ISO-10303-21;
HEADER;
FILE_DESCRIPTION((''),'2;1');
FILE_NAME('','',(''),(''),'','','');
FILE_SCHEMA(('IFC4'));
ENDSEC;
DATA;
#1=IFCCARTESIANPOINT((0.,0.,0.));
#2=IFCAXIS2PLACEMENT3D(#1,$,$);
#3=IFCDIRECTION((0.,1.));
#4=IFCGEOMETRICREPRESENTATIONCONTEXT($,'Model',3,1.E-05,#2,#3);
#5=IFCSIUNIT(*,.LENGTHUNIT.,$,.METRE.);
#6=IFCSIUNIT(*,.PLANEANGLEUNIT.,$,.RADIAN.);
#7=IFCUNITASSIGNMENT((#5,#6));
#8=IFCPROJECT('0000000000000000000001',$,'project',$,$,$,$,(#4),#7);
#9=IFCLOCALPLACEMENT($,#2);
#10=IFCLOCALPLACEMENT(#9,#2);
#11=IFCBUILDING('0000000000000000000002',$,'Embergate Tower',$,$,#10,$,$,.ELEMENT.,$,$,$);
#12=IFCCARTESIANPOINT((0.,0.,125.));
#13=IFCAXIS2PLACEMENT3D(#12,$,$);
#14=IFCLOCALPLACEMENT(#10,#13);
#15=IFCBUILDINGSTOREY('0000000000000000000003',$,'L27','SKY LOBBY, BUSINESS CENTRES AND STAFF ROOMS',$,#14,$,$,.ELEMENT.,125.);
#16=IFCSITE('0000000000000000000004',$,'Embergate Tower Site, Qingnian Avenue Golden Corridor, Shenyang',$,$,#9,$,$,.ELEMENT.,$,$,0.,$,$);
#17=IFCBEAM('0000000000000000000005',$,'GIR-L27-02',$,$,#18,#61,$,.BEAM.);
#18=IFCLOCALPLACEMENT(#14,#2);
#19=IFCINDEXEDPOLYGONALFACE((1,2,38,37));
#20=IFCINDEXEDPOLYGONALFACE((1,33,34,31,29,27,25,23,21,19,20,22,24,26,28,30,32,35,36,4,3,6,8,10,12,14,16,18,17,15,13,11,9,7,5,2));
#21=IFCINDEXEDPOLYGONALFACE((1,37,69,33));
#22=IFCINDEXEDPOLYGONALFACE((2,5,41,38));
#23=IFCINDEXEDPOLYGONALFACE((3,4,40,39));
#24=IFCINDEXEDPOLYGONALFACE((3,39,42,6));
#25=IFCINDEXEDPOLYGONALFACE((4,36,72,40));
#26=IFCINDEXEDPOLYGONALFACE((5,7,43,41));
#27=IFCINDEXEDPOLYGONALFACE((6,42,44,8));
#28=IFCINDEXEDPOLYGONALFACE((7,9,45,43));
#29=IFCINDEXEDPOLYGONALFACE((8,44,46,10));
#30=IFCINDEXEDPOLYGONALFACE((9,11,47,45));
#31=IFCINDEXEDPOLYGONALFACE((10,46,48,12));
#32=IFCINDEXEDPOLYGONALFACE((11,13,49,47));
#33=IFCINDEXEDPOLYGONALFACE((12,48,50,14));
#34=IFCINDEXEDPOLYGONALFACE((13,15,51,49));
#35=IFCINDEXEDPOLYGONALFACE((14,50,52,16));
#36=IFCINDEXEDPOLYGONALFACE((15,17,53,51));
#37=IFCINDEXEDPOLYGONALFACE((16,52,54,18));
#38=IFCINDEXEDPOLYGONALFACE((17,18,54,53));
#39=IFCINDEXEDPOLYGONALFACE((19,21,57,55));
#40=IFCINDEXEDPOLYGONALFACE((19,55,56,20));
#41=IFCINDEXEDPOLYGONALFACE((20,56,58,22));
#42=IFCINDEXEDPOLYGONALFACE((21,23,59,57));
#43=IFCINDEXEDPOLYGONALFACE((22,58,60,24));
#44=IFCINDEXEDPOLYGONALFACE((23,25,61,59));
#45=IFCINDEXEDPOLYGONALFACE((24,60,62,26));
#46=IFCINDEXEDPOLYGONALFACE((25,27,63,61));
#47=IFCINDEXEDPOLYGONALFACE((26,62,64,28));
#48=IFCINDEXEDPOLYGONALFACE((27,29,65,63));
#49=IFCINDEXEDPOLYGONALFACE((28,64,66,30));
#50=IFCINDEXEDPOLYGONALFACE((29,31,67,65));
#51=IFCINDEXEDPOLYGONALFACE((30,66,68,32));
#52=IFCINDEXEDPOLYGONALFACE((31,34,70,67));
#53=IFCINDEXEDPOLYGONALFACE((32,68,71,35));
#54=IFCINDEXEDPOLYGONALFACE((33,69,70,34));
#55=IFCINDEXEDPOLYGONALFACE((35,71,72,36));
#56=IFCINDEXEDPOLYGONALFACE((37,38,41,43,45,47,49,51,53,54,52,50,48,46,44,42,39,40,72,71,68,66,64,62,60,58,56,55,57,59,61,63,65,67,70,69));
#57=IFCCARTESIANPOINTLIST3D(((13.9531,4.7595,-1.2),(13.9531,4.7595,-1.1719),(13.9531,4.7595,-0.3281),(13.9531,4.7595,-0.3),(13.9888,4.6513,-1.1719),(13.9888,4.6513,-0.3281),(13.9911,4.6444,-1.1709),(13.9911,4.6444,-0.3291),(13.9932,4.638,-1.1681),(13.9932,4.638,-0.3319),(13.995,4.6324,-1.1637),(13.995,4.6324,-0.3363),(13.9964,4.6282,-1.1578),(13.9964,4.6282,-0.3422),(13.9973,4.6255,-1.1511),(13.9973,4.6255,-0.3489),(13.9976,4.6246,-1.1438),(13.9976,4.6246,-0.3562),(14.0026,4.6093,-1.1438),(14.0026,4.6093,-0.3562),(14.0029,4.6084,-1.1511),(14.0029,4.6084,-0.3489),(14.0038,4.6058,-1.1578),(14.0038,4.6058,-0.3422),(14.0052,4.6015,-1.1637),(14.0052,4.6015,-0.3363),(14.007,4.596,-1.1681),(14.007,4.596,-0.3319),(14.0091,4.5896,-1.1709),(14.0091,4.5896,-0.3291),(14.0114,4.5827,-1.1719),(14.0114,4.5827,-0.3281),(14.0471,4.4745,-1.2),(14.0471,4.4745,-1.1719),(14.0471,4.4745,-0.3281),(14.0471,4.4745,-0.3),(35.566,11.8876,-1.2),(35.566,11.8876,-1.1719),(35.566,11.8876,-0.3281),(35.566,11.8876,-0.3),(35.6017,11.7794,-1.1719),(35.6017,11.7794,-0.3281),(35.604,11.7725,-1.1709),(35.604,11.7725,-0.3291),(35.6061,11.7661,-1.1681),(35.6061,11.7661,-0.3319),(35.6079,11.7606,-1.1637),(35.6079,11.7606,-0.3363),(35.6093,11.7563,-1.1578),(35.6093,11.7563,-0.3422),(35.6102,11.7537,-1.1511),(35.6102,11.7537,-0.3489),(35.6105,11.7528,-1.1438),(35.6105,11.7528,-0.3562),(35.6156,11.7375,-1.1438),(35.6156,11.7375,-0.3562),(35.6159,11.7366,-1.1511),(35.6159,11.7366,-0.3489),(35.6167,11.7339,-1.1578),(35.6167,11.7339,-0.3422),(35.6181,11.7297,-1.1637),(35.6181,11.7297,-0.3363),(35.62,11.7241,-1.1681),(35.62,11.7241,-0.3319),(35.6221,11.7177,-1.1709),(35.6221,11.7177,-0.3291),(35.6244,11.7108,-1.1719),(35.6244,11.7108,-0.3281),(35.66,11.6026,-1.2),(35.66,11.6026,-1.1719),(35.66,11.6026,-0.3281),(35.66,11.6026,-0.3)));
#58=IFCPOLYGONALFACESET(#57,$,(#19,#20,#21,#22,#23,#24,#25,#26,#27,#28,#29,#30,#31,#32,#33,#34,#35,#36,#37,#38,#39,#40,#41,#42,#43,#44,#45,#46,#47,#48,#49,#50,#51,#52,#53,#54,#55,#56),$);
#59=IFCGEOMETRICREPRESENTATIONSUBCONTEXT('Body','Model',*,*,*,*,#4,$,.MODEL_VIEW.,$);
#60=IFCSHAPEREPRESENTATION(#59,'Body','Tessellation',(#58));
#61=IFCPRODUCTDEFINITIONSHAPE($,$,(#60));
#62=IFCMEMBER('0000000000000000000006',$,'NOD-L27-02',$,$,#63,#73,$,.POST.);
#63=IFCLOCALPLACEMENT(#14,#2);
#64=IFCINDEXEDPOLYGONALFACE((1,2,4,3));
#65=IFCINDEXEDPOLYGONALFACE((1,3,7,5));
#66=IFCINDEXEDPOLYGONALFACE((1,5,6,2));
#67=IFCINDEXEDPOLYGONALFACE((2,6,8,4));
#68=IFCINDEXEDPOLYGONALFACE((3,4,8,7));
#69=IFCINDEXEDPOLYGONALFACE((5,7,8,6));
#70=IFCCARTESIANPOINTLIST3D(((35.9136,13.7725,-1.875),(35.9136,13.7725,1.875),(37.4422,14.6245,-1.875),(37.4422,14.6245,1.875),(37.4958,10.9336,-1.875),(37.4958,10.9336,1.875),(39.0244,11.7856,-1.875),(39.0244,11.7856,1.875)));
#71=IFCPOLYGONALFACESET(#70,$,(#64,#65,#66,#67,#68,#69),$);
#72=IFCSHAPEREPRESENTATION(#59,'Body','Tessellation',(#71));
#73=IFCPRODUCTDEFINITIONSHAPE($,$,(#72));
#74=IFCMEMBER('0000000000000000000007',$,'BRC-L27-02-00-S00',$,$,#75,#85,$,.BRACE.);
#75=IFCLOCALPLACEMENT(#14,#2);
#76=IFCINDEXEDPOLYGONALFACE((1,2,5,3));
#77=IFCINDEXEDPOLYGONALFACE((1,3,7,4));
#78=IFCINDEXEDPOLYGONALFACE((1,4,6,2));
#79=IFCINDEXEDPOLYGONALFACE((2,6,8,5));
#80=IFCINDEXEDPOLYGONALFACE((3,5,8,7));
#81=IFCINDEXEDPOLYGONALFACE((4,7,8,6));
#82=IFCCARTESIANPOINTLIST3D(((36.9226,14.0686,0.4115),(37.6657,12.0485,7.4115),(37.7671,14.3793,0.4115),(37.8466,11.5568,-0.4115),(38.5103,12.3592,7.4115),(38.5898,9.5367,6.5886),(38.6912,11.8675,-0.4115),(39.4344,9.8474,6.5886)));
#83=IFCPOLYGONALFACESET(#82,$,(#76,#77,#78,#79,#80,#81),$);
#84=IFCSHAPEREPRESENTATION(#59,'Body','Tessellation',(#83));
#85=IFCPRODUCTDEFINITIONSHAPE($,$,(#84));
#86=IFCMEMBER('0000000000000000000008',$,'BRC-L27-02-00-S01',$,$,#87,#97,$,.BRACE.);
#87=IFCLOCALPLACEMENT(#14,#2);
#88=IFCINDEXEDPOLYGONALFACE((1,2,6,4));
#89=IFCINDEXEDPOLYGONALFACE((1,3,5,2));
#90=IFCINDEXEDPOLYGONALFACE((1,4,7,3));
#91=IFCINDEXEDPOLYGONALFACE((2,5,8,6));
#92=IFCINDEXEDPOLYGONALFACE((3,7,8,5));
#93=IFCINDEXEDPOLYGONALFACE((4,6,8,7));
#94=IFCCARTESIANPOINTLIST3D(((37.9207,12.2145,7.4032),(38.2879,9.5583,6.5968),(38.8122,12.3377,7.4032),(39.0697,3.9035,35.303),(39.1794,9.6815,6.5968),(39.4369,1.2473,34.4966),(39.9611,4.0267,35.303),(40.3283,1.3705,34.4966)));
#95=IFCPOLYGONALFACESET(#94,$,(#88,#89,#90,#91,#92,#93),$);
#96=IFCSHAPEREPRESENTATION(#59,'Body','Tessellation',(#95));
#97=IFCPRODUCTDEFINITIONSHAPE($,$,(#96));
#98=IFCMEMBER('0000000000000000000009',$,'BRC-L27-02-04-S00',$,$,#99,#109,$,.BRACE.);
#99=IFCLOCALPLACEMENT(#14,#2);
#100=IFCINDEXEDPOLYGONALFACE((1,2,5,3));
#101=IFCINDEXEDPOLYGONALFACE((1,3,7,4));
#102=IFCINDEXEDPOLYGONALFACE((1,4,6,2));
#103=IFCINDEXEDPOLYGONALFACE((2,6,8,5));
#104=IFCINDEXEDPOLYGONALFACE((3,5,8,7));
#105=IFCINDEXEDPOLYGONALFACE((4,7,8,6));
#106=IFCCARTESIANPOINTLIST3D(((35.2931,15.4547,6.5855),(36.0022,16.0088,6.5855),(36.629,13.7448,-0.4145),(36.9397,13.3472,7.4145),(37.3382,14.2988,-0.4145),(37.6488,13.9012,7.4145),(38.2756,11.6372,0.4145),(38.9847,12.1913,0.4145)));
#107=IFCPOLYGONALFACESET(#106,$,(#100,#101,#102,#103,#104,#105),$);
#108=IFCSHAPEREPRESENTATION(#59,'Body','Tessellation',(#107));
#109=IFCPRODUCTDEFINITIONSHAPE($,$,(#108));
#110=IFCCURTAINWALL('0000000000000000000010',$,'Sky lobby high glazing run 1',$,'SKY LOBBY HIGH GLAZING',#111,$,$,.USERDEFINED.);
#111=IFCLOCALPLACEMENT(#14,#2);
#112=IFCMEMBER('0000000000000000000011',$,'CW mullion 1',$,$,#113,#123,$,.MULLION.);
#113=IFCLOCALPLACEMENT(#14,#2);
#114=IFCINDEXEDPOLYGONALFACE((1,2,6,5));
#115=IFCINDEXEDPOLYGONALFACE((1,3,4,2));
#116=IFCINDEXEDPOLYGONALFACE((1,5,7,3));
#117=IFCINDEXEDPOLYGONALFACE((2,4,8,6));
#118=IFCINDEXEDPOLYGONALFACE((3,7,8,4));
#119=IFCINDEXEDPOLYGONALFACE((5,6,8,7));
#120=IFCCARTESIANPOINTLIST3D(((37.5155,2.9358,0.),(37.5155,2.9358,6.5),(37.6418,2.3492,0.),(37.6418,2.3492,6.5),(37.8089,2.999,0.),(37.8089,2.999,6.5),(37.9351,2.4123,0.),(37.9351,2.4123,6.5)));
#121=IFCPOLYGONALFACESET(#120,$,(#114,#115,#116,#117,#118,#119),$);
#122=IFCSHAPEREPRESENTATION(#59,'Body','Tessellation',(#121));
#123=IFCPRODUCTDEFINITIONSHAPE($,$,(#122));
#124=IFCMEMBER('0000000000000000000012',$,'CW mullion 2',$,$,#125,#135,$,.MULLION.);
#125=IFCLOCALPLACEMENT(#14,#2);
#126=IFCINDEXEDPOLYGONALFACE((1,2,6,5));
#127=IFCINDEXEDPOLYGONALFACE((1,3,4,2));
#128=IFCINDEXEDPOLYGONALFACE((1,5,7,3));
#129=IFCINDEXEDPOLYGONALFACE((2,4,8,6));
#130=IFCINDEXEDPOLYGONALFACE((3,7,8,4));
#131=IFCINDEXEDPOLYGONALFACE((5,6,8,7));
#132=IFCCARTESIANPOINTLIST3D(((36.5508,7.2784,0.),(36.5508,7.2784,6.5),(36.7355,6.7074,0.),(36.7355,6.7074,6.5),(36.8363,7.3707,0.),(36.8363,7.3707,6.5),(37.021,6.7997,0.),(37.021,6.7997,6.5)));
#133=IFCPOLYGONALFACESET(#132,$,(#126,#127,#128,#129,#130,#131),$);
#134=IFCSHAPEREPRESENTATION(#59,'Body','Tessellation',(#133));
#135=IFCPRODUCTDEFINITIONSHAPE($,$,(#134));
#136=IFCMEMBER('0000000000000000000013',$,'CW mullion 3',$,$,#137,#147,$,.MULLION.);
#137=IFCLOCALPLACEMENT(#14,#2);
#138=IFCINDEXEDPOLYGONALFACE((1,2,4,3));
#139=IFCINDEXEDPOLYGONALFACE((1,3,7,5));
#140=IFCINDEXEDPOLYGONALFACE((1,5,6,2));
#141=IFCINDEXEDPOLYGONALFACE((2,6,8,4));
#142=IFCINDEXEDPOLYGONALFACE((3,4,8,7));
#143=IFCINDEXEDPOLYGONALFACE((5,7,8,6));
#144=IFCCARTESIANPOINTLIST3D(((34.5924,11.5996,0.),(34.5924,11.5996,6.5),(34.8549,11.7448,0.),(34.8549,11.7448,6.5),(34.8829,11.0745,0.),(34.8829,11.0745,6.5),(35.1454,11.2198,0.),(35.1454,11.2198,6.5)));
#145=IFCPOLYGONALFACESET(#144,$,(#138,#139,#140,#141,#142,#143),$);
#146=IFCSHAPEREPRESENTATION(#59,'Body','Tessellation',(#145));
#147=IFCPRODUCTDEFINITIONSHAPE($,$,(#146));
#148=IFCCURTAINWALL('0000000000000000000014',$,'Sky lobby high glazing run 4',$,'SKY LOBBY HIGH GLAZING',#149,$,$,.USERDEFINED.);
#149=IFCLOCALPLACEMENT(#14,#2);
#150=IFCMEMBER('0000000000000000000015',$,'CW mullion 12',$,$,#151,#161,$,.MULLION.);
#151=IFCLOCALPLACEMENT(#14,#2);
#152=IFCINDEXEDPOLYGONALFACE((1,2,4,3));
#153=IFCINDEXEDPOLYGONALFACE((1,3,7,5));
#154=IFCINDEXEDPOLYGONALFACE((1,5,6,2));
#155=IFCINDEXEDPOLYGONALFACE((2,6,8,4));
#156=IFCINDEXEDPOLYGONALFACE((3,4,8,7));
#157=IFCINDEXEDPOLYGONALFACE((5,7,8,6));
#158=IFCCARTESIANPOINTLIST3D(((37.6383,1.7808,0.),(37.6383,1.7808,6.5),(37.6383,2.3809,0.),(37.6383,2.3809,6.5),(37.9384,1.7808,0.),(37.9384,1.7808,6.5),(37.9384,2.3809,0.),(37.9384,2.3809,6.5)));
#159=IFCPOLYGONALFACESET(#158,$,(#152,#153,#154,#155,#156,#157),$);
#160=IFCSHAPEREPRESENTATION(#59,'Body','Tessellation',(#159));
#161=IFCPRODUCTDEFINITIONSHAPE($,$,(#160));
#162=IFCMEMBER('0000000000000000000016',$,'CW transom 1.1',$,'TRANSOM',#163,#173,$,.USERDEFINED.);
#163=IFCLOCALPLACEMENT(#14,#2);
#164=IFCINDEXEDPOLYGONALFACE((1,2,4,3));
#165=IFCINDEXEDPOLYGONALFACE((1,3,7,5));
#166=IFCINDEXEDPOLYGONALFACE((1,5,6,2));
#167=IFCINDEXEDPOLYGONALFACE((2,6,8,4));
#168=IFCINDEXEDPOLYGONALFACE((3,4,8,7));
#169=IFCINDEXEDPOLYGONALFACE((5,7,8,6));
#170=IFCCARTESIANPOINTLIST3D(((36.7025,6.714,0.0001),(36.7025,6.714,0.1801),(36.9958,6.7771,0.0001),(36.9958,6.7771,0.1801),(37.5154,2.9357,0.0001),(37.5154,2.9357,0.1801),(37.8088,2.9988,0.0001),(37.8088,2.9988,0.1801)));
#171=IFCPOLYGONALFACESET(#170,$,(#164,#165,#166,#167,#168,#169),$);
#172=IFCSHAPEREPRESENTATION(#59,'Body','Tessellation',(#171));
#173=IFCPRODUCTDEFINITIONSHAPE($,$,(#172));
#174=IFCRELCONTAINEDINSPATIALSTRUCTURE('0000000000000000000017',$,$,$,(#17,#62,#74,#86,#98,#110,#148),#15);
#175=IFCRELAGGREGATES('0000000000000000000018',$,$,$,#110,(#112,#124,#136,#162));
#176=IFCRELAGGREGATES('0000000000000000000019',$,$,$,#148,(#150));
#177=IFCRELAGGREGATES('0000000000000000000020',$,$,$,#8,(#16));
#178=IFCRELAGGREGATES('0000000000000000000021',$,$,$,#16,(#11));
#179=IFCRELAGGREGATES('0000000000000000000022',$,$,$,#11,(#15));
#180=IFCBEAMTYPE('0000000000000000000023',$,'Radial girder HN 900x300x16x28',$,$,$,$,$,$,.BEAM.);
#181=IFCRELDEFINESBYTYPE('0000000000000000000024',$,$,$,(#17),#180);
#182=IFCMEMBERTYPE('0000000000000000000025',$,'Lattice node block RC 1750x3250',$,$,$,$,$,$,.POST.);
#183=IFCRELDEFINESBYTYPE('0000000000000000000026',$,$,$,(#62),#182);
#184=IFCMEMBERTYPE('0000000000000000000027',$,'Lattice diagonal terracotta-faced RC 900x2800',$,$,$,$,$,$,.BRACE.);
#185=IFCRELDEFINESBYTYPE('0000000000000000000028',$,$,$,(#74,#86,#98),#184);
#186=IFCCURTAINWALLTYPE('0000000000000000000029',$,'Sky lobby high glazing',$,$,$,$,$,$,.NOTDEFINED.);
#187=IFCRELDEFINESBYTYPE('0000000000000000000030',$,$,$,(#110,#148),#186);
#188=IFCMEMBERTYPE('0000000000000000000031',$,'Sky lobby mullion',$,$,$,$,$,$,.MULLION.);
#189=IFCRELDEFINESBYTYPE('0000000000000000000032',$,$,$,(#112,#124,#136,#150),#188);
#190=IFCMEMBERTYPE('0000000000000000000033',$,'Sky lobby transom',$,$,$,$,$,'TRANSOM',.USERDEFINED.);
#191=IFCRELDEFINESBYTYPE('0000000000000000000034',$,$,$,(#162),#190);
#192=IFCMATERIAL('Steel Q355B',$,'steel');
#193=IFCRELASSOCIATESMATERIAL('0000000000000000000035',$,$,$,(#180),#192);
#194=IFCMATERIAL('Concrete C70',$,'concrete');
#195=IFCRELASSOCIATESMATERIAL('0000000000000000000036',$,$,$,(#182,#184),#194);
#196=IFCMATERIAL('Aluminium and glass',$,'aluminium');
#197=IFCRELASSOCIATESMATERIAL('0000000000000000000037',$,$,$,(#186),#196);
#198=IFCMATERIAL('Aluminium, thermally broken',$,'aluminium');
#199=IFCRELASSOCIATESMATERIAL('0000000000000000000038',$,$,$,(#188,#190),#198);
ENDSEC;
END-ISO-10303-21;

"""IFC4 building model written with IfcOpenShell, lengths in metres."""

from ifc_helpers import new_model, si_unit, direction, frame, origin, origin_2d, place, context, subcontext, project, spatial, rectangle, i_section, extrude, source, transform, mapped, material, material_profile, profile_set, type_object, element, aggregate, save


model = new_model("IFC4")

# Units and contexts
model_context = context("Model", 3, precision=1e-05, world=origin(), true_north=direction((0.0, 1.0)))
body_context = subcontext(model_context, "Body", "Model", "MODEL_VIEW")
ifc_project = project(units=[si_unit("LENGTHUNIT", "METRE"), si_unit("PLANEANGLEUNIT", "RADIAN")], contexts=[model_context])

# Site, building, storey
site_placement = place(None, origin())
site = spatial("IfcSite", under=ifc_project, at=site_placement, Name="Embergate Tower Site, Qingnian Avenue Golden Corridor, Shenyang", CompositionType="ELEMENT", RefElevation=0.0)
building_placement = place(site_placement, origin())
building = spatial("IfcBuilding", under=site, at=building_placement, Name="Embergate Tower", CompositionType="ELEMENT")
storey_placement = place(building_placement, frame((0.0, 0.0, 125.0)))
storey = spatial("IfcBuildingStorey", under=building, at=storey_placement, Name="L27", Description="SKY LOBBY, BUSINESS CENTRES AND STAFF ROOMS", CompositionType="ELEMENT", Elevation=125.0)

# Shared definitions
ifc_material_1 = material(Name="Concrete C70", Category="concrete")

# Beam
ifc_material_2 = material(Name="Steel Q355B", Category="steel")
ifc_material_profile_1 = material_profile(ifc_material_2, i_section(OverallWidth=0.3, OverallDepth=0.8999, WebThickness=0.0161, FlangeThickness=0.0281, FilletRadius=0.0281, at=origin_2d()), Name="HN 900x300x16x28")
ifc_profile_set_1 = profile_set([ifc_material_profile_1], Name="Steel Q355 grade B")
beam_type_1 = type_object("IfcBeamType", Name="Radial girder HN 900x300x16x28", PredefinedType="BEAM", material=ifc_profile_set_1)
shared_shape_1 = source(origin(), body_context, "Body", "SweptSolid", [
    extrude(i_section(OverallWidth=0.3, OverallDepth=0.8999, WebThickness=0.0161, FlangeThickness=0.0281, FilletRadius=0.0281, at=origin_2d()), origin(), (0.0, 0.0, 1.0), 22.7581),
])
beam_1_placement = place(storey_placement, frame((35.613, 11.7451, -0.75), z_axis=(-0.949683, -0.313214, 0.0), x_axis=(0.313214, -0.949683, 0.0)))
element("IfcBeam", 1, at=beam_1_placement, inside=storey, type_object=beam_type_1, Name="GIR-L27-02", PredefinedType="BEAM", context=body_context, shape_type="MappedRepresentation", body=[
    mapped(shared_shape_1, transform((0.0, 0.0, 0.0))),
])

# Members
ifc_material_profile_2 = material_profile(ifc_material_1, rectangle(XDim=1.75, YDim=3.25, at=origin_2d()), Name="RC 1750x3250")
ifc_profile_set_2 = profile_set([ifc_material_profile_2], Name="Concrete C70")
member_type_1 = type_object("IfcMemberType", Name="Lattice node block RC 1750x3250", PredefinedType="POST", material=ifc_profile_set_2)
shared_shape_2 = source(origin(), body_context, "Body", "SweptSolid", [
    extrude(rectangle(XDim=1.75, YDim=3.25, at=origin_2d()), origin(), (0.0, 0.0, 1.0), 3.75),
])
member_1_placement = place(storey_placement, frame((37.469, 12.7791, -1.875), z_axis=(0.0, 0.0, 1.0), x_axis=(0.873492, 0.486839, 0.0)))
element("IfcMember", 2, at=member_1_placement, inside=storey, type_object=member_type_1, Name="NOD-L27-02", PredefinedType="POST", context=body_context, shape_type="MappedRepresentation", body=[
    mapped(shared_shape_2, transform((0.0, 0.0, 0.0))),
])
ifc_material_profile_3 = material_profile(ifc_material_1, rectangle(XDim=0.8999, YDim=2.8, at=origin_2d()), Name="RC 900x2800")
ifc_profile_set_3 = profile_set([ifc_material_profile_3], Name="Concrete C70")
member_type_2 = type_object("IfcMemberType", Name="Lattice diagonal terracotta-faced RC 900x2800", PredefinedType="BRACE", material=ifc_profile_set_3)
shared_shape_3 = source(origin(), body_context, "Body", "SweptSolid", [
    extrude(rectangle(XDim=0.8999, YDim=2.8, at=origin_2d()), origin(), (0.0, 0.0, 1.0), 7.3235),
])
member_2_placement = place(storey_placement, frame((37.8069, 12.968, 0.0), z_axis=(0.101477, -0.275829, 0.955835), x_axis=(0.938502, 0.345274, 0.0)))
element("IfcMember", 3, at=member_2_placement, inside=storey, type_object=member_type_2, Name="BRC-L27-02-00-S00", PredefinedType="BRACE", context=body_context, shape_type="MappedRepresentation", body=[
    mapped(shared_shape_3, transform((0.0, 0.0, 0.0))),
])
shared_shape_4 = source(origin(), body_context, "Body", "SweptSolid", [
    extrude(rectangle(XDim=0.8999, YDim=2.8, at=origin_2d()), origin(), (0.0, 0.0, 1.0), 29.134),
])
member_3_placement = place(storey_placement, frame((38.55, 10.948, 7.0), z_axis=(0.039436, -0.285268, 0.957636), x_axis=(0.99058, 0.136939, 0.0)))
element("IfcMember", 4, at=member_3_placement, inside=storey, type_object=member_type_2, Name="BRC-L27-02-00-S01", PredefinedType="BRACE", context=body_context, shape_type="MappedRepresentation", body=[
    mapped(shared_shape_4, transform((0.0, 0.0, 0.0))),
])
shared_shape_5 = source(origin(), body_context, "Body", "SweptSolid", [
    extrude(rectangle(XDim=0.8999, YDim=2.8, at=origin_2d()), origin(), (0.0, 0.0, 1.0), 7.3286),
])
member_4_placement = place(storey_placement, frame((37.8069, 12.968, 0.0), z_axis=(-0.18229, 0.233326, 0.955159), x_axis=(-0.788018, -0.615653, 0.0)))
element("IfcMember", 5, at=member_4_placement, inside=storey, type_object=member_type_2, Name="BRC-L27-02-04-S00", PredefinedType="BRACE", context=body_context, shape_type="MappedRepresentation", body=[
    mapped(shared_shape_5, transform((0.0, 0.0, 0.0))),
])

# Curtain wall, members
ifc_material_3 = material(Name="Aluminium and glass", Category="aluminium")
curtain_wall_type = type_object("IfcCurtainWallType", Name="Sky lobby high glazing", PredefinedType="NOTDEFINED", material=ifc_material_3)
curtain_wall_1_placement = place(storey_placement, origin())
curtain_wall_1 = element("IfcCurtainWall", 6, at=curtain_wall_1_placement, inside=storey, type_object=curtain_wall_type, Name="Sky lobby high glazing run 1", ObjectType="SKY LOBBY HIGH GLAZING", PredefinedType="USERDEFINED")
ifc_material_4 = material(Name="Aluminium, thermally broken", Category="aluminium")
ifc_material_profile_4 = material_profile(ifc_material_4, rectangle(XDim=0.3, YDim=0.6001, at=origin_2d()), Name="AL 600x300")
ifc_profile_set_4 = profile_set([ifc_material_profile_4], Name="Aluminium, thermally broken")
member_type_3 = type_object("IfcMemberType", Name="Sky lobby mullion", PredefinedType="MULLION", material=ifc_profile_set_4)
shared_shape_6 = source(origin(), body_context, "Body", "SweptSolid", [
    extrude(rectangle(XDim=0.3, YDim=0.6001, at=origin_2d()), origin(), (0.0, 0.0, 1.0), 6.5),
])
member_5_placement = place(storey_placement, frame((37.7253, 2.6741, 0.0), z_axis=(0.0, 0.0, 1.0), x_axis=(-0.977615, -0.210402, 0.0)))
member_5 = element("IfcMember", 7, at=member_5_placement, type_object=member_type_3, Name="CW mullion 1", PredefinedType="MULLION", context=body_context, shape_type="MappedRepresentation", body=[
    mapped(shared_shape_6, transform((0.0, 0.0, 0.0))),
])
member_6_placement = place(storey_placement, frame((36.7859, 7.0391, 0.0), z_axis=(0.0, 0.0, 1.0), x_axis=(-0.951494, -0.307667, 0.0)))
member_6 = element("IfcMember", 8, at=member_6_placement, type_object=member_type_3, Name="CW mullion 2", PredefinedType="MULLION", context=body_context, shape_type="MappedRepresentation", body=[
    mapped(shared_shape_6, transform((0.0, 0.0, 0.0))),
])
member_7_placement = place(storey_placement, frame((34.8689, 11.4097, 0.0), z_axis=(0.0, 0.0, 1.0), x_axis=(-0.874995, -0.484132, 0.0)))
member_7 = element("IfcMember", 9, at=member_7_placement, type_object=member_type_3, Name="CW mullion 3", PredefinedType="MULLION", context=body_context, shape_type="MappedRepresentation", body=[
    mapped(shared_shape_6, transform((0.0, 0.0, 0.0))),
])

# Curtain wall, member
curtain_wall_2_placement = place(storey_placement, origin())
curtain_wall_2 = element("IfcCurtainWall", 10, at=curtain_wall_2_placement, inside=storey, type_object=curtain_wall_type, Name="Sky lobby high glazing run 4", ObjectType="SKY LOBBY HIGH GLAZING", PredefinedType="USERDEFINED")
member_8_placement = place(storey_placement, frame((37.7883, 2.0808, 0.0), z_axis=(0.0, 0.0, 1.0), x_axis=(-1.0, 0.0, 0.0)))
member_8 = element("IfcMember", 11, at=member_8_placement, type_object=member_type_3, Name="CW mullion 12", PredefinedType="MULLION", context=body_context, shape_type="MappedRepresentation", body=[
    mapped(shared_shape_6, transform((0.0, 0.0, 0.0))),
])

# Member
ifc_material_profile_5 = material_profile(ifc_material_4, rectangle(XDim=0.3, YDim=0.1799, at=origin_2d()), Name="AL 180x300")
ifc_profile_set_5 = profile_set([ifc_material_profile_5], Name="Aluminium, thermally broken")
member_type_4 = type_object("IfcMemberType", Name="Sky lobby transom", ElementType="TRANSOM", PredefinedType="USERDEFINED", material=ifc_profile_set_5)
shared_shape_7 = source(origin(), body_context, "Body", "SweptSolid", [
    extrude(rectangle(XDim=0.3, YDim=0.1799, at=origin_2d()), origin(), (0.0, 0.0, 1.0), 3.8647),
])
member_9_placement = place(storey_placement, frame((37.6621, 2.9673, 0.0901), z_axis=(-0.210357, 0.977625, 0.0), x_axis=(-0.977625, -0.210357, 0.0)))
member_9 = element("IfcMember", 12, at=member_9_placement, type_object=member_type_4, Name="CW transom 1.1", ObjectType="TRANSOM", PredefinedType="USERDEFINED", context=body_context, shape_type="MappedRepresentation", body=[
    mapped(shared_shape_7, transform((0.0, 0.0, 0.0))),
])

aggregate(curtain_wall_1, [member_5, member_6, member_7, member_9])
aggregate(curtain_wall_2, [member_8])

save(model, "model.ifc")
